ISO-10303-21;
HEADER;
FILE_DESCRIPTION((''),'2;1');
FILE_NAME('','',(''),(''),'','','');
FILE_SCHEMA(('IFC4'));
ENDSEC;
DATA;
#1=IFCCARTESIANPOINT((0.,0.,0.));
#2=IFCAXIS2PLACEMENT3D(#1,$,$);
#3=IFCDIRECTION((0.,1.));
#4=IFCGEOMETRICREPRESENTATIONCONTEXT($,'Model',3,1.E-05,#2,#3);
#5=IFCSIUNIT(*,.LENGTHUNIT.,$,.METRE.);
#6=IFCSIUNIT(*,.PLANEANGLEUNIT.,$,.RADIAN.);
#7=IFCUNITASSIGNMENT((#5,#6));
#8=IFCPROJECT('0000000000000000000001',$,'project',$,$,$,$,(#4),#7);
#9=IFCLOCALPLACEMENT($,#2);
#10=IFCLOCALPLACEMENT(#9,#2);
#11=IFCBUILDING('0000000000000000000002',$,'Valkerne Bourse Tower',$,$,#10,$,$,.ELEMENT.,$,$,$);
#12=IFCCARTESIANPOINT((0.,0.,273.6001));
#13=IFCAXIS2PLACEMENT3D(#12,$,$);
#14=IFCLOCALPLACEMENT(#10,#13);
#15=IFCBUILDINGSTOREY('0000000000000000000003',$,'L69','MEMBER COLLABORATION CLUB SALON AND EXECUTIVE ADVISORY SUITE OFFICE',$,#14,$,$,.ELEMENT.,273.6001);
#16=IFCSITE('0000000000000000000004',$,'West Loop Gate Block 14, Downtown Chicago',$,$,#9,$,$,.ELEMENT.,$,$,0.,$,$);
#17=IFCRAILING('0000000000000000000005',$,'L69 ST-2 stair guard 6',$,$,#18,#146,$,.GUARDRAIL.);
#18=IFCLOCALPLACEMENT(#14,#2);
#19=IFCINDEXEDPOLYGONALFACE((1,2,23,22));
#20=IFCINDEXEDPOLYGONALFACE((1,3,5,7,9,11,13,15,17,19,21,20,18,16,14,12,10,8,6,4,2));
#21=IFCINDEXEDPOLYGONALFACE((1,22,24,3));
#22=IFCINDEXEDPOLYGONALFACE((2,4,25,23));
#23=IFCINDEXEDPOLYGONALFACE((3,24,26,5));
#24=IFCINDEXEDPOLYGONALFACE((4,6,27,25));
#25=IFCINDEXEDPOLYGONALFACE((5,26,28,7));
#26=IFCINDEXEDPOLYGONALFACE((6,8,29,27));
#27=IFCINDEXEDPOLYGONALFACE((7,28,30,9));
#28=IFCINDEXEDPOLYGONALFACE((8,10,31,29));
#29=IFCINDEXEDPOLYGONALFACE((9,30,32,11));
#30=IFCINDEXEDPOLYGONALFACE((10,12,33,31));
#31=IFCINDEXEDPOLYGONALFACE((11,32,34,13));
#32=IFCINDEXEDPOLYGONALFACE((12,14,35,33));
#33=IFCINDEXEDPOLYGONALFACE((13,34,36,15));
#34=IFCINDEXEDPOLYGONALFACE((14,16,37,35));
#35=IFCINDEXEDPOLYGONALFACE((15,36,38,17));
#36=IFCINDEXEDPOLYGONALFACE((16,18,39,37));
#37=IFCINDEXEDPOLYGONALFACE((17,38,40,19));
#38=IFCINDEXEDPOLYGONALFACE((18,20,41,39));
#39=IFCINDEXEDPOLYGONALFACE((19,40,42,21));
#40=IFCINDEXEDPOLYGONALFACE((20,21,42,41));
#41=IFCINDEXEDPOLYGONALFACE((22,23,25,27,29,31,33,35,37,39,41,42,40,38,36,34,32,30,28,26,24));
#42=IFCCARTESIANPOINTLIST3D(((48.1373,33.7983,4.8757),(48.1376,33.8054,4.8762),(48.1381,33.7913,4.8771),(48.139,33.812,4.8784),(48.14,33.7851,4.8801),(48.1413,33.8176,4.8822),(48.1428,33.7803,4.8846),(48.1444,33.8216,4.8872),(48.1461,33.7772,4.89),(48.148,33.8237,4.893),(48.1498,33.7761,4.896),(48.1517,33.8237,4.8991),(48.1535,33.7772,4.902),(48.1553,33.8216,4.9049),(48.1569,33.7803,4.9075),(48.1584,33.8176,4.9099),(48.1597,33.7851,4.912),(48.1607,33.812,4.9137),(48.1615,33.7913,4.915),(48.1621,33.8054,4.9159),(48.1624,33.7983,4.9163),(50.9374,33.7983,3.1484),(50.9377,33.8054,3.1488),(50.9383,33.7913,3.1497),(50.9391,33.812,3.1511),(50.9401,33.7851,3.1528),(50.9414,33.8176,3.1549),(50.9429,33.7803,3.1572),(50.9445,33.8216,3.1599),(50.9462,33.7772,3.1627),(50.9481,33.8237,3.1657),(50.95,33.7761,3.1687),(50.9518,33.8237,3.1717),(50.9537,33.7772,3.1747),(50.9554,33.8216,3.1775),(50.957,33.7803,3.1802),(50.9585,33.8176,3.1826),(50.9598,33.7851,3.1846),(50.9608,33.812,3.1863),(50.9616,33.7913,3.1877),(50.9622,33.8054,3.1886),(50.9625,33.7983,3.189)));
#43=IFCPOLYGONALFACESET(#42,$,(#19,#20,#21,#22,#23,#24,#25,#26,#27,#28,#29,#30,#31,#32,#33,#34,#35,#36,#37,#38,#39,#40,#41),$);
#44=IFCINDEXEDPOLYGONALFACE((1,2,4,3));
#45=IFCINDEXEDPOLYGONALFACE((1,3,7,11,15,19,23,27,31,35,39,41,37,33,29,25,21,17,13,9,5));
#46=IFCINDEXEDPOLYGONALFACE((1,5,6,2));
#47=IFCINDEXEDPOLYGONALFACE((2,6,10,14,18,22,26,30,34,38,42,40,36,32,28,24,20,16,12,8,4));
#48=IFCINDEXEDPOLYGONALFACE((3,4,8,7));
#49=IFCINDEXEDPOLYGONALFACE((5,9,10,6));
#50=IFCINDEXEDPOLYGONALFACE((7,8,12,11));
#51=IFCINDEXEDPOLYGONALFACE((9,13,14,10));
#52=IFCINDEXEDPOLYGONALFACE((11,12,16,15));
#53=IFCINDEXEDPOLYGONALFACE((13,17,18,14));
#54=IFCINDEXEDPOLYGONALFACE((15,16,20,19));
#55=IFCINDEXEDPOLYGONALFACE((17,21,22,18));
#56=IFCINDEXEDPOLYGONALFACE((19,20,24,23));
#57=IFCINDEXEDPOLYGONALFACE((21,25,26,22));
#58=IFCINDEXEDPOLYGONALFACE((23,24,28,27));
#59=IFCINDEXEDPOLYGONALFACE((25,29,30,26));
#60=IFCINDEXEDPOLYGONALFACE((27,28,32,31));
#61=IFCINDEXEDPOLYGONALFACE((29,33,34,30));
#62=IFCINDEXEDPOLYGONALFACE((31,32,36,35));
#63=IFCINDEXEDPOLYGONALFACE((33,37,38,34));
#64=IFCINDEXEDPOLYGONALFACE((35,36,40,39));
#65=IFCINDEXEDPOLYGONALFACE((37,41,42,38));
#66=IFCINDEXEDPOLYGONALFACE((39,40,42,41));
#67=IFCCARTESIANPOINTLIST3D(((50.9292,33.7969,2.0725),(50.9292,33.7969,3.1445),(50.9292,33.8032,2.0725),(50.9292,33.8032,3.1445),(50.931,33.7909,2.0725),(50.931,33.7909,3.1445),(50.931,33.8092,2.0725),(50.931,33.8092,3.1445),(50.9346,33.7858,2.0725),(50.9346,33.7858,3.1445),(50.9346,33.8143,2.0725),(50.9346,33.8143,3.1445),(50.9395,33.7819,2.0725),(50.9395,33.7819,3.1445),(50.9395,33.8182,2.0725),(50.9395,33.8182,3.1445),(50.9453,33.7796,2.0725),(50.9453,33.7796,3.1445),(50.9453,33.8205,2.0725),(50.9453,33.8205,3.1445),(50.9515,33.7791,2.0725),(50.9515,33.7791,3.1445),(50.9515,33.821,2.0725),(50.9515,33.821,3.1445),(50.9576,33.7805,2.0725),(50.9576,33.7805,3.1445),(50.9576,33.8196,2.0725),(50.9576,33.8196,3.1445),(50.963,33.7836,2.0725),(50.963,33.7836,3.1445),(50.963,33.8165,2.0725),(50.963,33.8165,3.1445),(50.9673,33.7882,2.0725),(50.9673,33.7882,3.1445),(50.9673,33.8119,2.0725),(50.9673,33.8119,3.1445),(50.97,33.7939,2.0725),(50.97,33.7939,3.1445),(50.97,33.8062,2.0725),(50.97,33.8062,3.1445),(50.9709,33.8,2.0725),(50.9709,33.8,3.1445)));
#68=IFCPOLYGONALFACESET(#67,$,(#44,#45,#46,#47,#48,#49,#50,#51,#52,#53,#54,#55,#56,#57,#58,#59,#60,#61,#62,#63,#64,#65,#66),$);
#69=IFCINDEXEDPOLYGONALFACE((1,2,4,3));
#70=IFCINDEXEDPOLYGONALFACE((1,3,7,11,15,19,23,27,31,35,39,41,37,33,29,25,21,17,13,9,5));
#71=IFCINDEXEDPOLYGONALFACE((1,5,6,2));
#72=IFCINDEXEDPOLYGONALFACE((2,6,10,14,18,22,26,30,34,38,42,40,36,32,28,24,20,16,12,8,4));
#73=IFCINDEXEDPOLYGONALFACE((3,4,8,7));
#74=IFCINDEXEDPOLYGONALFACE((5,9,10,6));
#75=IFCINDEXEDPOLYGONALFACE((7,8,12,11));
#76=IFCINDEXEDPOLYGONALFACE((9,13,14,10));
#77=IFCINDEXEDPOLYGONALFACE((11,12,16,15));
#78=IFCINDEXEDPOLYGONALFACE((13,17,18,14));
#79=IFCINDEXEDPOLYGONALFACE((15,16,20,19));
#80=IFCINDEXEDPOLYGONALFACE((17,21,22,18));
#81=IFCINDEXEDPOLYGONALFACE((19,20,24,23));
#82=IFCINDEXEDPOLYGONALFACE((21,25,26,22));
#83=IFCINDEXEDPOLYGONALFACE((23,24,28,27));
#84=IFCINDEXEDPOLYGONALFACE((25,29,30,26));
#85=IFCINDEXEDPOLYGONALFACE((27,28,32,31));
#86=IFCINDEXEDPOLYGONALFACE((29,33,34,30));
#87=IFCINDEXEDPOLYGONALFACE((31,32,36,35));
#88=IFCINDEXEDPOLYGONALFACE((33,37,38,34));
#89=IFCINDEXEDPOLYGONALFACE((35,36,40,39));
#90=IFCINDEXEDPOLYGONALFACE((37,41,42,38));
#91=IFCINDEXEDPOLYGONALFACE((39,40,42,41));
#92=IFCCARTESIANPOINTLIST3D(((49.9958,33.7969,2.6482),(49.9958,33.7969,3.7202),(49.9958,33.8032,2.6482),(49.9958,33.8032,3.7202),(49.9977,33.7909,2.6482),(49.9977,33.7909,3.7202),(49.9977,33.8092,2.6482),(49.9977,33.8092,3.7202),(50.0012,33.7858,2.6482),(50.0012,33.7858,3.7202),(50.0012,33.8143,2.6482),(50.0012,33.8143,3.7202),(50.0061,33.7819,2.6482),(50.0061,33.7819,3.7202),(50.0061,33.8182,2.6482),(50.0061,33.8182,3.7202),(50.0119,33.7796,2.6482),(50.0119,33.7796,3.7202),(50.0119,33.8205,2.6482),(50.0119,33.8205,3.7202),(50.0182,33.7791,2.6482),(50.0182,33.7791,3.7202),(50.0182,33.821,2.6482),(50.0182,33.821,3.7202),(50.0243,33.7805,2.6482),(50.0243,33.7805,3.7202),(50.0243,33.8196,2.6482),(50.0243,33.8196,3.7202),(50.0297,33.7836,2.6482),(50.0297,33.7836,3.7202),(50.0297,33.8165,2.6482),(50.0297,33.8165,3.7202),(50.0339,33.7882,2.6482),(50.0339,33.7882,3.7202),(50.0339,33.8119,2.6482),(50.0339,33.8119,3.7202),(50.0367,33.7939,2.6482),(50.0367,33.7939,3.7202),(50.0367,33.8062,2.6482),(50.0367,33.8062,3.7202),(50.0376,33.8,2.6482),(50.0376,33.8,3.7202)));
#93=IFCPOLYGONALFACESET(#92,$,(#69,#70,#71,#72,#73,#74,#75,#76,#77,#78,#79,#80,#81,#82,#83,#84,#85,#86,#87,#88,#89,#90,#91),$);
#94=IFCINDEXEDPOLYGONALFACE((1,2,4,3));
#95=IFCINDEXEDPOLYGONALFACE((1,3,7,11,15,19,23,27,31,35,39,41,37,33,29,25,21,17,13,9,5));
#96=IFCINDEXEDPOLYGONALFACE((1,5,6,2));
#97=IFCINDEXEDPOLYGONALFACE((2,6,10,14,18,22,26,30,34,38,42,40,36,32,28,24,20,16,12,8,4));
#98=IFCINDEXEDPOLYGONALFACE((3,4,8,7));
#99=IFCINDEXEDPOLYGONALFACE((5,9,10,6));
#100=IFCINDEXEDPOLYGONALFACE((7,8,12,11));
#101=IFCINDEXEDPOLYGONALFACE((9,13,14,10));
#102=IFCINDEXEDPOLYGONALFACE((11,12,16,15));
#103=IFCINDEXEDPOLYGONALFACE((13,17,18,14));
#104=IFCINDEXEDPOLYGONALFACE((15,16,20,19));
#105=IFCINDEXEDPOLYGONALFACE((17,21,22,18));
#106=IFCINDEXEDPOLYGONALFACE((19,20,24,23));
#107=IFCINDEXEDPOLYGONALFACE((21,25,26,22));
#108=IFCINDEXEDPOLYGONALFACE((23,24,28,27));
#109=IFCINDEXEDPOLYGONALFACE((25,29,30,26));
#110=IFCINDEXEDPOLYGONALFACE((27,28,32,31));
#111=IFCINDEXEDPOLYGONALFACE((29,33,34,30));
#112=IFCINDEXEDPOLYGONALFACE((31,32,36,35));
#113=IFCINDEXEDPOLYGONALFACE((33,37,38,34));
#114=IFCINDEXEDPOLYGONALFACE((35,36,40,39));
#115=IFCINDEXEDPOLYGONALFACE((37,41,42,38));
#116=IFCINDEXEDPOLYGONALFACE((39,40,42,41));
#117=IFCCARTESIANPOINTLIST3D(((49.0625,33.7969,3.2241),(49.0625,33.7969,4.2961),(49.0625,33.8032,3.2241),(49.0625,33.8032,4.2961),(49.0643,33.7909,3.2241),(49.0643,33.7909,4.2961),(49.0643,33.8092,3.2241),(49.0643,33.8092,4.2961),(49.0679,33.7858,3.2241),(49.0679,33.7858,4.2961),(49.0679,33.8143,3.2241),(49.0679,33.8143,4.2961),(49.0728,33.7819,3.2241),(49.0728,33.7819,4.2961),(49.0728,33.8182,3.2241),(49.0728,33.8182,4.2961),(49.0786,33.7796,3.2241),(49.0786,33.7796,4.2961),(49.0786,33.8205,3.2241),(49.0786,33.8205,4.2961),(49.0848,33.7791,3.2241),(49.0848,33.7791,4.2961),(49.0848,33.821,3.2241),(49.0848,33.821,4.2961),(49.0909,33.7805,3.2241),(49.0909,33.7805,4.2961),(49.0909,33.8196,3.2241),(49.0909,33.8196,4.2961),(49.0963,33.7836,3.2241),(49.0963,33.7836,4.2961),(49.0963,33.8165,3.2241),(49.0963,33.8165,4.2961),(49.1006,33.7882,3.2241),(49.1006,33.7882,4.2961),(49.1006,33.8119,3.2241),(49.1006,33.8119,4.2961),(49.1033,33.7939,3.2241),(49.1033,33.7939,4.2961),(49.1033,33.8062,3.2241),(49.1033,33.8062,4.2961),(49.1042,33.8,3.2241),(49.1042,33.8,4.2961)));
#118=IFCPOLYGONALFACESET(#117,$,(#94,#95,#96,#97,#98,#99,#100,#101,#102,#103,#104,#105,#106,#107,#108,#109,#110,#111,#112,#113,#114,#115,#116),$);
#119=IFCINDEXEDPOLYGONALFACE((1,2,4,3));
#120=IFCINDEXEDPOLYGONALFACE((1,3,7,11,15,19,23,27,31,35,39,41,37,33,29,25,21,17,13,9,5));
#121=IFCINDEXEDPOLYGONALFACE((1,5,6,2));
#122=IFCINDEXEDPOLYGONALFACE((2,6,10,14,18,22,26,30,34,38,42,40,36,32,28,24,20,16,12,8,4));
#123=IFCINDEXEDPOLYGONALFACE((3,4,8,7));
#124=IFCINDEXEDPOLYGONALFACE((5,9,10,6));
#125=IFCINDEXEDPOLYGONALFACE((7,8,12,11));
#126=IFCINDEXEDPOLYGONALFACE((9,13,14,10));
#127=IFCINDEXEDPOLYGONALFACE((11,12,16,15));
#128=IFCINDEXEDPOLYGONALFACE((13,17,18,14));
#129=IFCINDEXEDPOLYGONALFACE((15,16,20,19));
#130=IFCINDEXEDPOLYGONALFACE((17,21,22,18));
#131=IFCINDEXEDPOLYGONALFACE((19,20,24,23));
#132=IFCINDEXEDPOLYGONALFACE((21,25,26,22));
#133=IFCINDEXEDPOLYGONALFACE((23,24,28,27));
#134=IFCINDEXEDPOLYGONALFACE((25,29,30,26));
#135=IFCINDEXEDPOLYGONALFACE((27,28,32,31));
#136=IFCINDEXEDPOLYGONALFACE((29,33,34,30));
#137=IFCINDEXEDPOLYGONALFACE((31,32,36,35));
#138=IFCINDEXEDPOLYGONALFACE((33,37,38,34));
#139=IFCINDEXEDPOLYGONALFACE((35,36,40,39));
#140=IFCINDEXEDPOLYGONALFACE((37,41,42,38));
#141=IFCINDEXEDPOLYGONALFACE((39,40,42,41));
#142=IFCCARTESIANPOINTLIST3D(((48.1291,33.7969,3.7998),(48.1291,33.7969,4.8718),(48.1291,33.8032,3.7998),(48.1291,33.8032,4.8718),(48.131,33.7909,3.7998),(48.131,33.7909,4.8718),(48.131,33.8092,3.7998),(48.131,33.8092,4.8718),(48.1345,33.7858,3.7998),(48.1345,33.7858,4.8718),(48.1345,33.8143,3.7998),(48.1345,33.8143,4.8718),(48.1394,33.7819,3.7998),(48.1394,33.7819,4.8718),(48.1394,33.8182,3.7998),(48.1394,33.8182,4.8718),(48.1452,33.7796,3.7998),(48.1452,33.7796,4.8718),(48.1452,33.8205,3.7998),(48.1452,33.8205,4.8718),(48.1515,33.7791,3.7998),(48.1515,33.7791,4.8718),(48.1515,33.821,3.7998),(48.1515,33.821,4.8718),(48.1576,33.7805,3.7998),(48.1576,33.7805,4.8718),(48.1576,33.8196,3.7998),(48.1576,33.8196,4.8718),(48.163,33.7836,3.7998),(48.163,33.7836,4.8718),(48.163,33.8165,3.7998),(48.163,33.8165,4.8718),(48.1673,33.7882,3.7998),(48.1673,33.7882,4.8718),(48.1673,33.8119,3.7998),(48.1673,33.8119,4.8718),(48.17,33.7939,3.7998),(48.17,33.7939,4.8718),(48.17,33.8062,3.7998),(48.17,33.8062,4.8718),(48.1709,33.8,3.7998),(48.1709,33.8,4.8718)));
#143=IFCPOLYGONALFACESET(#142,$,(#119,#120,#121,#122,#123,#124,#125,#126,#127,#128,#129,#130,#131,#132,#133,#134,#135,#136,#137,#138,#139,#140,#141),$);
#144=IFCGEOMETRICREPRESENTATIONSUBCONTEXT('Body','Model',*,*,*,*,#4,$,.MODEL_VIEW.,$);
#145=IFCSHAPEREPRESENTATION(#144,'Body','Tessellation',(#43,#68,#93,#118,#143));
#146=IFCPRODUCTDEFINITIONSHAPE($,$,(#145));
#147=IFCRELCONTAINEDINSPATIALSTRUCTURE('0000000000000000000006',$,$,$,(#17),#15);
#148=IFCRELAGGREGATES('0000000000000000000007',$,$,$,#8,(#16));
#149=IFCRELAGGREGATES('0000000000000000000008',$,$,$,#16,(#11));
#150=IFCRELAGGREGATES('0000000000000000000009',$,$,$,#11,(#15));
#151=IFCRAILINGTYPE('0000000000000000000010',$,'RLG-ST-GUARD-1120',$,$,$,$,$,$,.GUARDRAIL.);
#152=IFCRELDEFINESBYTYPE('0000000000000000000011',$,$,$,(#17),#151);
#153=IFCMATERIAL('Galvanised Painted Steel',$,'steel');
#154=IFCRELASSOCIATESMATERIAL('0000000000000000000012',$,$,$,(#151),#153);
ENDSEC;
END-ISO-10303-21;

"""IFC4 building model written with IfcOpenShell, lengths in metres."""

from ifc_helpers import new_model, si_unit, direction, frame, origin, origin_2d, place, context, subcontext, project, spatial, circle, extrude, material, type_object, element, save


model = new_model("IFC4")

# Units and contexts
model_context = context("Model", 3, precision=1e-05, world=origin(), true_north=direction((0.0, 1.0)))
body_context = subcontext(model_context, "Body", "Model", "MODEL_VIEW")
ifc_project = project(units=[si_unit("LENGTHUNIT", "METRE"), si_unit("PLANEANGLEUNIT", "RADIAN")], contexts=[model_context])

# Site, building, storey
site_placement = place(None, origin())
site = spatial("IfcSite", under=ifc_project, at=site_placement, Name="West Loop Gate Block 14, Downtown Chicago", CompositionType="ELEMENT", RefElevation=0.0)
building_placement = place(site_placement, origin())
building = spatial("IfcBuilding", under=site, at=building_placement, Name="Valkerne Bourse Tower", CompositionType="ELEMENT")
storey_placement = place(building_placement, frame((0.0, 0.0, 273.6001)))
storey = spatial("IfcBuildingStorey", under=building, at=storey_placement, Name="L69", Description="MEMBER COLLABORATION CLUB SALON AND EXECUTIVE ADVISORY SUITE OFFICE", CompositionType="ELEMENT", Elevation=273.6001)

# Shared definitions
ifc_material_1 = material(Name="Galvanised Painted Steel", Category="steel")

# Railing
railing_type_1 = type_object("IfcRailingType", Name="RLG-ST-GUARD-1120", PredefinedType="GUARDRAIL", material=ifc_material_1)
railing_1_placement = place(storey_placement, frame((50.95, 33.8, 2.0725)))
element("IfcRailing", 1, at=railing_1_placement, inside=storey, type_object=railing_type_1, Name="L69 ST-2 stair guard 6", PredefinedType="GUARDRAIL", context=body_context, shape_type="SweptSolid", body=[
    extrude(circle(Radius=0.0239, at=origin_2d()), frame((0.0, 0.0, 1.0962), z_axis=(-0.85109, 0.0, 0.52502), x_axis=(0.0, -1.0, 0.0)), (0.0, 0.0, 1.0), 3.29),
    extrude(circle(Radius=0.021, at=origin_2d()), origin(), (0.0, 0.0, 1.0), 1.072),
    extrude(circle(Radius=0.021, at=origin_2d()), frame((-0.9333, 0.0, 0.5757)), (0.0, 0.0, 1.0), 1.072),
    extrude(circle(Radius=0.021, at=origin_2d()), frame((-1.8667, 0.0, 1.1516)), (0.0, 0.0, 1.0), 1.072),
    extrude(circle(Radius=0.021, at=origin_2d()), frame((-2.8, 0.0, 1.7273)), (0.0, 0.0, 1.0), 1.072),
])

save(model, "model.ifc")
